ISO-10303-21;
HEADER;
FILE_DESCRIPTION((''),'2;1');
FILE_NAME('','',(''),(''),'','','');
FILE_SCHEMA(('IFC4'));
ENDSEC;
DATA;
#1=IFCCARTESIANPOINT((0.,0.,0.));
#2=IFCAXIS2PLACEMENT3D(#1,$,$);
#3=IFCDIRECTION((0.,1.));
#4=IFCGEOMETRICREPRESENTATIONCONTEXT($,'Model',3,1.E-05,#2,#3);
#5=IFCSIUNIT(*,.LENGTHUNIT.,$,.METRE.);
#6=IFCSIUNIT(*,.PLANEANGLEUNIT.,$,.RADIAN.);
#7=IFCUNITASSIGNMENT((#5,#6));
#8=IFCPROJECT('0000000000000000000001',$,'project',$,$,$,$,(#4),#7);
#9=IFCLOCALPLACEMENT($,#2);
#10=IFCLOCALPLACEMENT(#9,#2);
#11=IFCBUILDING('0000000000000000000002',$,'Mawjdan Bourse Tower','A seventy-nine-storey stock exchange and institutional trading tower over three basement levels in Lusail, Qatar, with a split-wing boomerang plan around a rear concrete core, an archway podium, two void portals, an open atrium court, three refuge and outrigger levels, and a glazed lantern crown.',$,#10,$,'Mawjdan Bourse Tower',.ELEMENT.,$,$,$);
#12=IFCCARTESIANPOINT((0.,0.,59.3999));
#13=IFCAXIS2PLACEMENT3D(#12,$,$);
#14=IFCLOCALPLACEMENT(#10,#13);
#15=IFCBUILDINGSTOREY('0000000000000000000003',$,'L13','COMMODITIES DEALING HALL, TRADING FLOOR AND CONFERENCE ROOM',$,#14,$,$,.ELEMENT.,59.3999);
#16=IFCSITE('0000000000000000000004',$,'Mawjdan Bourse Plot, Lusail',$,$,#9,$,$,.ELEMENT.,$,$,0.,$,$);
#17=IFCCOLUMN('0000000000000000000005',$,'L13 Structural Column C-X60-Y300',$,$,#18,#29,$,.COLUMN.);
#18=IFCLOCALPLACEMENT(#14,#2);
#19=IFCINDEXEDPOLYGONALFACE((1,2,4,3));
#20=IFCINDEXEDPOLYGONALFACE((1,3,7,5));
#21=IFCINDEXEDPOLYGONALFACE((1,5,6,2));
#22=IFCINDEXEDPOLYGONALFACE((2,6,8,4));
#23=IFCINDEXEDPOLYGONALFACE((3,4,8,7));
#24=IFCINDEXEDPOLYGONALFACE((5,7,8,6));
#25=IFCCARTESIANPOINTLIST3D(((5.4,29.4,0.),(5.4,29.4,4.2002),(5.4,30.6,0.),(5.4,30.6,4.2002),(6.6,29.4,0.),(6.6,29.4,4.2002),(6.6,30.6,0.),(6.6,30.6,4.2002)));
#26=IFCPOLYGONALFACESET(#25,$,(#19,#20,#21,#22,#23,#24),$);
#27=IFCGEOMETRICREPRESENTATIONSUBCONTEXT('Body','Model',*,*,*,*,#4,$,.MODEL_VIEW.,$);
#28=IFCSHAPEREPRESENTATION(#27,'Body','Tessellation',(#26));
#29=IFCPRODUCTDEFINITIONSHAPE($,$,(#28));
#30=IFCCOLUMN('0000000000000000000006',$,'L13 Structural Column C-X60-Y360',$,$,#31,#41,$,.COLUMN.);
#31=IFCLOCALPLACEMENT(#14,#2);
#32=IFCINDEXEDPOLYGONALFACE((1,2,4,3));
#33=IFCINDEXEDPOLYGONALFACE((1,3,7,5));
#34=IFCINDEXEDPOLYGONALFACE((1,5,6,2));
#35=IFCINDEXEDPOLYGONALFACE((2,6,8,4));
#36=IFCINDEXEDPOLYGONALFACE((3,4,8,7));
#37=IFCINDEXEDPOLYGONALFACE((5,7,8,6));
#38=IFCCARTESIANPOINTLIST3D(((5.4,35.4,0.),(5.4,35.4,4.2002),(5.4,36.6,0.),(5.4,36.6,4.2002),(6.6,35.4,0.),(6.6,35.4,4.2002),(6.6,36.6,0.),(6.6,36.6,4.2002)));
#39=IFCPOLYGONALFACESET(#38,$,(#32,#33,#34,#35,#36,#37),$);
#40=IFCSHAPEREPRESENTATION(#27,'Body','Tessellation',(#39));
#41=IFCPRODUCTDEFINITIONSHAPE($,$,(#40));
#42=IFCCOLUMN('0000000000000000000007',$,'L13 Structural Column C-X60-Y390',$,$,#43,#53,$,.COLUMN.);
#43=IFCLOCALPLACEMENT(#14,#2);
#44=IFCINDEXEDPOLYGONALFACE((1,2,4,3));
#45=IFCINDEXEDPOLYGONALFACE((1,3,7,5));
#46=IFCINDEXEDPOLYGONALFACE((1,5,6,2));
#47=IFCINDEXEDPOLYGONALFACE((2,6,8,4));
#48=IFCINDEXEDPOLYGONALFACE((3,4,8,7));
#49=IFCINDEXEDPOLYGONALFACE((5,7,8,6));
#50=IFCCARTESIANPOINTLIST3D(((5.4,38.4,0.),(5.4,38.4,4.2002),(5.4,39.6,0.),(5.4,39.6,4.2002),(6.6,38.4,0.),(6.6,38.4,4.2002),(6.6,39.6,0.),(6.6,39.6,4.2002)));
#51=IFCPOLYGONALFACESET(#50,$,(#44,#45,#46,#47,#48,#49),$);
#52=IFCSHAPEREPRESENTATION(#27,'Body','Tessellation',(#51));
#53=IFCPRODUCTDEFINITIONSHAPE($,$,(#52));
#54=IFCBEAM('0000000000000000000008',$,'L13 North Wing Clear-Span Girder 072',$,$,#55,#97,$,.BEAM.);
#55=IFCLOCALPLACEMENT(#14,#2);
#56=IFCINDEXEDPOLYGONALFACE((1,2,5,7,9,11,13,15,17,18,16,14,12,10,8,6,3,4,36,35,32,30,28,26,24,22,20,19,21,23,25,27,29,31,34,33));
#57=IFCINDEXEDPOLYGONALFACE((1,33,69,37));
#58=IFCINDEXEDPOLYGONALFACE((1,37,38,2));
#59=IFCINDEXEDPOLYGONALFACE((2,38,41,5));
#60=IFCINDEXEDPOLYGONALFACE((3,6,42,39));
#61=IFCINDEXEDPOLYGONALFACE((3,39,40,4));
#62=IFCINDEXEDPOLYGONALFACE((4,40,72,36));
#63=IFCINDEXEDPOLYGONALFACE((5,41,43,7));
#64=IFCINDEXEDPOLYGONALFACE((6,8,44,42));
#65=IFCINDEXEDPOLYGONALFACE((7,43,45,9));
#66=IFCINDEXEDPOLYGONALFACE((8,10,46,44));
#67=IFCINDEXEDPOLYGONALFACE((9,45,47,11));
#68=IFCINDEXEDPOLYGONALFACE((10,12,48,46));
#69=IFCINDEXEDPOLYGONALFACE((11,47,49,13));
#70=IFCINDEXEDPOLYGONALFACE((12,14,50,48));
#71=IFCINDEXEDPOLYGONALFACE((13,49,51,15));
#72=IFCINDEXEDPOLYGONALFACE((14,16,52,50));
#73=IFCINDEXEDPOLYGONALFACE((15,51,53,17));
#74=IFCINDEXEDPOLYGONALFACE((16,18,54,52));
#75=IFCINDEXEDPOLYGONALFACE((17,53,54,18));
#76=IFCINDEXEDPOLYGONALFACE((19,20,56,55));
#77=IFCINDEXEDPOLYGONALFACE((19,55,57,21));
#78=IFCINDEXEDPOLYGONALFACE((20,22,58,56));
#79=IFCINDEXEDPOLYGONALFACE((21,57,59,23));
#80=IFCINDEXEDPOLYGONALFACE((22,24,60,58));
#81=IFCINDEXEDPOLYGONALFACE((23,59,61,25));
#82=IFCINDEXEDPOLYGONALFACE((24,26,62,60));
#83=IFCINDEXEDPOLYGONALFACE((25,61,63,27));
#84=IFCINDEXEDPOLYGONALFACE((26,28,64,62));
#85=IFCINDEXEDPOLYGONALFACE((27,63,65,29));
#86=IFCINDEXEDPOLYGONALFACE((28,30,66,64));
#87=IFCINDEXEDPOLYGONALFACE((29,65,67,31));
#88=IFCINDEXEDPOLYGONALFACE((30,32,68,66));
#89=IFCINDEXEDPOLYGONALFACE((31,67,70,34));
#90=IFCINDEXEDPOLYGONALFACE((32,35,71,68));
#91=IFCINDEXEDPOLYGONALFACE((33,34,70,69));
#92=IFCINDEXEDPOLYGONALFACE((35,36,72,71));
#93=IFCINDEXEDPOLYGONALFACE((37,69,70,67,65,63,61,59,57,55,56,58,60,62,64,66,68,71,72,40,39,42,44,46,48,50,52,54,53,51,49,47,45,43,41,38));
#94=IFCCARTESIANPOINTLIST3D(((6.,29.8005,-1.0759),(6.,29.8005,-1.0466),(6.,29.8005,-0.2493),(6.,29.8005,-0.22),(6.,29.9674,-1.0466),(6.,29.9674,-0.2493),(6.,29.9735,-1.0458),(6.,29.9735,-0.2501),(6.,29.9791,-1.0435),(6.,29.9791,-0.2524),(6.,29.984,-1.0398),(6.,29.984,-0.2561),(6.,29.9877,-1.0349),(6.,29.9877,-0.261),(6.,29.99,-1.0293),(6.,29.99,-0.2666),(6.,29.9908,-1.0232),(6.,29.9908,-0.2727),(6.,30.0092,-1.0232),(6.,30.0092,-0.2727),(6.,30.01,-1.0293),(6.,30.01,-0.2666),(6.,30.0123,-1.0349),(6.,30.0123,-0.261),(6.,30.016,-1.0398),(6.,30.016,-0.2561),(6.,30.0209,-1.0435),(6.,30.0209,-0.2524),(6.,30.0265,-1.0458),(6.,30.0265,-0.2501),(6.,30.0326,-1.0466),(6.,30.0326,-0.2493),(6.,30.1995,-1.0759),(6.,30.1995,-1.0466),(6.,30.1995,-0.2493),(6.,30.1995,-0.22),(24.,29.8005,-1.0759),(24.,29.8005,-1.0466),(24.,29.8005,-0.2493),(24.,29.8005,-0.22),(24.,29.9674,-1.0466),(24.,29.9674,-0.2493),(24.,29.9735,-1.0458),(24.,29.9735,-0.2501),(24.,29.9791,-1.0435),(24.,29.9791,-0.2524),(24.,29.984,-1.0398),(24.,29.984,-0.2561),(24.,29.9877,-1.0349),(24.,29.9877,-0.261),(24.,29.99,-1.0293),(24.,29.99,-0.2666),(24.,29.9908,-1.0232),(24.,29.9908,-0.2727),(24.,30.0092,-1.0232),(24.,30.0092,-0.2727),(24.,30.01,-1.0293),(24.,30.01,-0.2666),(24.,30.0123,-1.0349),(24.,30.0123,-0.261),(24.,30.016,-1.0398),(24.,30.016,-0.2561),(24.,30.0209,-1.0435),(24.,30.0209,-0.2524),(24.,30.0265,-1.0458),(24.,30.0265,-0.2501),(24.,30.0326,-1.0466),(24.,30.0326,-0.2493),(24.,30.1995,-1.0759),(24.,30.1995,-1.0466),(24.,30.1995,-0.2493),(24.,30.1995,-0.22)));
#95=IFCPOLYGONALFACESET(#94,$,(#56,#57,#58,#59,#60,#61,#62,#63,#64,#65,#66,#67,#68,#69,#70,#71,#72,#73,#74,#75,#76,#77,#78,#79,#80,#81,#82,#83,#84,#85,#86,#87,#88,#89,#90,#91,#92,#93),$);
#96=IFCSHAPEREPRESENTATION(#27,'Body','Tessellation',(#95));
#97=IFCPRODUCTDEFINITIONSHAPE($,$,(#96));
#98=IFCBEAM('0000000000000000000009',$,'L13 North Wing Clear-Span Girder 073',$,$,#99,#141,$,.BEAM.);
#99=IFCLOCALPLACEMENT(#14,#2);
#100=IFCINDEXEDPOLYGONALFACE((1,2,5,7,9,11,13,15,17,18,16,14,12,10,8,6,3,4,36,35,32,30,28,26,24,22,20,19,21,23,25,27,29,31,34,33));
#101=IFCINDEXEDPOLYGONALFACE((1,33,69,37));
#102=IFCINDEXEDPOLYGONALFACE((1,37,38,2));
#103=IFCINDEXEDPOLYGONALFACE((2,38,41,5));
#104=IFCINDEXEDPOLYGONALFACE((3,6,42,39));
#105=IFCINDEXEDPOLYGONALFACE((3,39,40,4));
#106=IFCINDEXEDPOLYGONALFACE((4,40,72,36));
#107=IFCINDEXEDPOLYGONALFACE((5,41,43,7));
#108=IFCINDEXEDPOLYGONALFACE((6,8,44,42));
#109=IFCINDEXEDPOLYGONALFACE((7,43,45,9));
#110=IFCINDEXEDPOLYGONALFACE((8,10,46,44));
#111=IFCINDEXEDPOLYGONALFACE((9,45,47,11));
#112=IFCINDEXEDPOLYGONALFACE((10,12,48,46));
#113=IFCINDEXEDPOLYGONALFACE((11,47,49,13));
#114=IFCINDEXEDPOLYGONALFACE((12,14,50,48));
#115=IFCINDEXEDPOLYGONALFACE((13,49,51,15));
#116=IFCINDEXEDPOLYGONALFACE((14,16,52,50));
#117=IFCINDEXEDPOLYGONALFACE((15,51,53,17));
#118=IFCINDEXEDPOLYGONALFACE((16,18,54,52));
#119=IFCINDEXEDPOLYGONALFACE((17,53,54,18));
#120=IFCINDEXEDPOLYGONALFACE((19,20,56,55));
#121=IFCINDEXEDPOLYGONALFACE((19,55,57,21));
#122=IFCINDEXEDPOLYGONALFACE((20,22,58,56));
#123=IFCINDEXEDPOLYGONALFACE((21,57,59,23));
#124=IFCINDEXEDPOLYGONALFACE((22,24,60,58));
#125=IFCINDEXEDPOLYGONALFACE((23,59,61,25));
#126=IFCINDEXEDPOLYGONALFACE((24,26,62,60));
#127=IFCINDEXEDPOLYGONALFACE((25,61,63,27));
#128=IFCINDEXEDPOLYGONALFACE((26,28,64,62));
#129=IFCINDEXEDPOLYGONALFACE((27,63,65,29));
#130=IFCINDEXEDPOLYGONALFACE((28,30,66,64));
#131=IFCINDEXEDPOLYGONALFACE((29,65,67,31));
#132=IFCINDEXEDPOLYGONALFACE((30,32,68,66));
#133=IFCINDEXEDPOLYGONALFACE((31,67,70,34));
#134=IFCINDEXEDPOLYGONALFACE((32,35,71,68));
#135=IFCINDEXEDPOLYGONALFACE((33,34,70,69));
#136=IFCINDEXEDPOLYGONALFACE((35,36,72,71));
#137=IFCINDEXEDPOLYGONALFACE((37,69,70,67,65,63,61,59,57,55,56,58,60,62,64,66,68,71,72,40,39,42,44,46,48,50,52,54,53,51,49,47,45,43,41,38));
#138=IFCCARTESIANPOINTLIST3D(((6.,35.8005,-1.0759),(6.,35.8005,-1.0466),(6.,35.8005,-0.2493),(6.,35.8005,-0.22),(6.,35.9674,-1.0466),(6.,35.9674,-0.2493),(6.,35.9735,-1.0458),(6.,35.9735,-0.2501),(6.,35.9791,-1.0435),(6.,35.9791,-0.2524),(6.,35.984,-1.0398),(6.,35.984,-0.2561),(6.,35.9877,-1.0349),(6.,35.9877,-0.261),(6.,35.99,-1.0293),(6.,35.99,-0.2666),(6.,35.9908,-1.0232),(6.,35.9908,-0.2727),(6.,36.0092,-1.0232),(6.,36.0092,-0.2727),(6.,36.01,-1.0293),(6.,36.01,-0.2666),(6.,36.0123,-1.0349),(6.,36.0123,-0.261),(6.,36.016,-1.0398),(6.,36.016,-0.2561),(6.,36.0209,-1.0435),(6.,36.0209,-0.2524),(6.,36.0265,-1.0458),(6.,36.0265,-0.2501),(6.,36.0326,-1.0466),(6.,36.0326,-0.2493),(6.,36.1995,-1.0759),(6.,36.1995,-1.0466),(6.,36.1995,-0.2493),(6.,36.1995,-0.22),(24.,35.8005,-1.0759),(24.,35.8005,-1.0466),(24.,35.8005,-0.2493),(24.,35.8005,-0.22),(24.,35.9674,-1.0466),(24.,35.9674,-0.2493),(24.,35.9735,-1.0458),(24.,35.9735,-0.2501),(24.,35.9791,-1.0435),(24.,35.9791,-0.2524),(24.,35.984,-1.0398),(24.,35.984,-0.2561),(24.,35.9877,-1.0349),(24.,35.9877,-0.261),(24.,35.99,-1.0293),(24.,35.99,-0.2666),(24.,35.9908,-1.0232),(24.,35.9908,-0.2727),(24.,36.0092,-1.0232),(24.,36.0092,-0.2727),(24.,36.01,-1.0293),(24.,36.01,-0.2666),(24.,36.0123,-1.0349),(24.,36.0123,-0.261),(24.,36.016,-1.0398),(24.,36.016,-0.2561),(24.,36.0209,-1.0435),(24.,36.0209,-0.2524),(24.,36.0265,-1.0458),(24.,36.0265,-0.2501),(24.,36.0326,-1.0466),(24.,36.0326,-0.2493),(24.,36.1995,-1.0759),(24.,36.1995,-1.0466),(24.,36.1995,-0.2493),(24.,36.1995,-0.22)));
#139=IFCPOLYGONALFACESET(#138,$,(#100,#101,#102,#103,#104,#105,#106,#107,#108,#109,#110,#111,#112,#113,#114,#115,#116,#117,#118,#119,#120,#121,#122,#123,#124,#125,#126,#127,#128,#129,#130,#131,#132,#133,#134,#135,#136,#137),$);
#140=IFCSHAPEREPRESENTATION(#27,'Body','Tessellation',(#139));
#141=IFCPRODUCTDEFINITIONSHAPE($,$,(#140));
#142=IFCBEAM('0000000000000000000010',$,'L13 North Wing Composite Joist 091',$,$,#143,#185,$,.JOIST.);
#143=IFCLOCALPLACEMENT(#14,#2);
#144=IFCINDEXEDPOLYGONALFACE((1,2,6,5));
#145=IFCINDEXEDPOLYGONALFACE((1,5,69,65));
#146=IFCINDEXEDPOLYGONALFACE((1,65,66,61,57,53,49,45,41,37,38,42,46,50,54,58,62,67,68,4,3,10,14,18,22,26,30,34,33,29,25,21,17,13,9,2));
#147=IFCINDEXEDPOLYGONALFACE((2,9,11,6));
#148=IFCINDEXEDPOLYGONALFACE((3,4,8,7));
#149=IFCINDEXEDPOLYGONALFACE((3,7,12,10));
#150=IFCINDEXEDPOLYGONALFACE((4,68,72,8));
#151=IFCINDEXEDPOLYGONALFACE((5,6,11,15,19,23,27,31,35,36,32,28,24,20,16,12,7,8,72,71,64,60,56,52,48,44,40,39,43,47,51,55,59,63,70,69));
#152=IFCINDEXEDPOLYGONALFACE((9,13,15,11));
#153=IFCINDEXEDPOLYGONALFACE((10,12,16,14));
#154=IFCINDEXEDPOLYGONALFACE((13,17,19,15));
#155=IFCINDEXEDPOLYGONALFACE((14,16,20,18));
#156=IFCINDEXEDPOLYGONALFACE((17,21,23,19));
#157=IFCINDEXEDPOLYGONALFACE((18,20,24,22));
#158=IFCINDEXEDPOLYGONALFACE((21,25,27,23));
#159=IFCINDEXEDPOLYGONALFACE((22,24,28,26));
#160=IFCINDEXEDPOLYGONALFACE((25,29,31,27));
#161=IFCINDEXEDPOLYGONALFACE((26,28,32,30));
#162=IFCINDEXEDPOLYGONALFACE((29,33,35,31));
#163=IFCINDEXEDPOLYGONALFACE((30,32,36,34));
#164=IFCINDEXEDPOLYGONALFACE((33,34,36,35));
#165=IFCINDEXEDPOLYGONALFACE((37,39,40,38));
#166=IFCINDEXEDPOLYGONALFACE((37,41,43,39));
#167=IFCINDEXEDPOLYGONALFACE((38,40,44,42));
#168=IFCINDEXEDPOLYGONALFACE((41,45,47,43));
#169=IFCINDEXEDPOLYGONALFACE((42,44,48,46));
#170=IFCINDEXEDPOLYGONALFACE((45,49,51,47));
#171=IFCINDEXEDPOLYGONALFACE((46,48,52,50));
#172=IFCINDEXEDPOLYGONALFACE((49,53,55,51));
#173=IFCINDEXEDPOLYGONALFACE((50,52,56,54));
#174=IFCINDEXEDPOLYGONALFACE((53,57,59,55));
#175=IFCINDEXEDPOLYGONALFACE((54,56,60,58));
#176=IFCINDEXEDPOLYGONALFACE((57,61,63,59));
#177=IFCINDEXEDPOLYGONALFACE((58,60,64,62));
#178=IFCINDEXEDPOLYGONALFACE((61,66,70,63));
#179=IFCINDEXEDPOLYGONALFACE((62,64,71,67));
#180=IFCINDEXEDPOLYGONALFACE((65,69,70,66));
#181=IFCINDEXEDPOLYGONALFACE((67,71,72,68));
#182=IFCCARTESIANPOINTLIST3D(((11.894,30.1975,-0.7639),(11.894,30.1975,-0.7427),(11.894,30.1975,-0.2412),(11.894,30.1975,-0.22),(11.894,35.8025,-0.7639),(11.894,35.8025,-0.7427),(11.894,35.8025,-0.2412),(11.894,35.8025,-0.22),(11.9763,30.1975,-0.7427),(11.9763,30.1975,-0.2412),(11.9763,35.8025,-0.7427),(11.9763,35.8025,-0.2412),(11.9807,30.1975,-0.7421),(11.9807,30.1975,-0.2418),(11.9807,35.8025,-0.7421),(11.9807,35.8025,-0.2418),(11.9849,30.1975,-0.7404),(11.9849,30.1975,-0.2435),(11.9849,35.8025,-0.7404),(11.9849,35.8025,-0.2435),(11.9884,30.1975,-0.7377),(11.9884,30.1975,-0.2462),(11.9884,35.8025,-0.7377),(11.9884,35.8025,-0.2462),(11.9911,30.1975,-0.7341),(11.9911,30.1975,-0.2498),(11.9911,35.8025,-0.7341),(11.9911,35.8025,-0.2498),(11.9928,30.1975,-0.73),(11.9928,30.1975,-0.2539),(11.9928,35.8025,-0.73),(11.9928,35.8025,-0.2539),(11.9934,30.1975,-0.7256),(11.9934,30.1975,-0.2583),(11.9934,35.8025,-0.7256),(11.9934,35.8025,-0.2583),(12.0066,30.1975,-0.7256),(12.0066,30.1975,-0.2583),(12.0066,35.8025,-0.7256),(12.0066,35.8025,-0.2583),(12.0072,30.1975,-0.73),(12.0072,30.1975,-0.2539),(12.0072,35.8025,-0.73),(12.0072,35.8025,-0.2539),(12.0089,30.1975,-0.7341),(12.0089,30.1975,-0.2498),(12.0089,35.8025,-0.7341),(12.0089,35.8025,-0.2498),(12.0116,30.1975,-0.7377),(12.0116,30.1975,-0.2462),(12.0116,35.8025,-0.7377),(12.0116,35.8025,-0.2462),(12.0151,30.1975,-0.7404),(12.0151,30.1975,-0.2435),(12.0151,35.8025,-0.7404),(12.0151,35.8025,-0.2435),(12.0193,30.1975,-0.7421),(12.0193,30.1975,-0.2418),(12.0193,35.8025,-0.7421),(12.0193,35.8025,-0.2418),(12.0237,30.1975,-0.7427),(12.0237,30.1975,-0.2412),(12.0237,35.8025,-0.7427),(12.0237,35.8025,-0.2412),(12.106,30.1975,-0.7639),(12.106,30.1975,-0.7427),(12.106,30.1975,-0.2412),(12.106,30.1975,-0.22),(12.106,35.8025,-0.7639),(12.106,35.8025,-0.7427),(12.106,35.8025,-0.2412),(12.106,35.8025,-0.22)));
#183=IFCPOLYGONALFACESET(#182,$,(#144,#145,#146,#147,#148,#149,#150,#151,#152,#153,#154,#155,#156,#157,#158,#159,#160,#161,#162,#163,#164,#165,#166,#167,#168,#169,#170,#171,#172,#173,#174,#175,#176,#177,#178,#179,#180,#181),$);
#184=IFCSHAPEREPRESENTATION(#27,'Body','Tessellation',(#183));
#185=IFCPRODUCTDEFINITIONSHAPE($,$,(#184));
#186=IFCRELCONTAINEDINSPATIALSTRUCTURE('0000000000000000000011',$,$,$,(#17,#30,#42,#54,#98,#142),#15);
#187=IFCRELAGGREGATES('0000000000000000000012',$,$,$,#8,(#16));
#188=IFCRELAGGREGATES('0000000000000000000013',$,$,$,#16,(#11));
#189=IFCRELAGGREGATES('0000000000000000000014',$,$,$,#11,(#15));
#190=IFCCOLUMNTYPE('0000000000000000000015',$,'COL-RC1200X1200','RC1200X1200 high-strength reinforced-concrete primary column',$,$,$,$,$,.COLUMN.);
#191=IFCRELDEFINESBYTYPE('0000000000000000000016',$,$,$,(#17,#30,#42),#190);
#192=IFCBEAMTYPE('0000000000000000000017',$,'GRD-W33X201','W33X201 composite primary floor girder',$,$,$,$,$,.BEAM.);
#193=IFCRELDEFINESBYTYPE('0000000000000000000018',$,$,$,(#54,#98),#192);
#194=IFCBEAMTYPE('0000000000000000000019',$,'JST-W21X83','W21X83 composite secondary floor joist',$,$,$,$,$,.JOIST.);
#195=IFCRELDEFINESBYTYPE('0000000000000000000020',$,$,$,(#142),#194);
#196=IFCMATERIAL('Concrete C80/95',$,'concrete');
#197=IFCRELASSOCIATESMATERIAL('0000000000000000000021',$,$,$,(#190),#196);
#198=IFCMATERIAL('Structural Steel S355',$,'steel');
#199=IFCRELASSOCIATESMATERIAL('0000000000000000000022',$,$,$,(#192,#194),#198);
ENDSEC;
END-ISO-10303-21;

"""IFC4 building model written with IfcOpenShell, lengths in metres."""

from ifc_helpers import new_model, si_unit, direction, frame, origin, origin_2d, place, context, subcontext, project, spatial, rectangle, i_section, extrude, material, material_profile, profile_set, type_object, element, save


model = new_model("IFC4")

# Units and contexts
model_context = context("Model", 3, precision=1e-05, world=origin(), true_north=direction((0.0, 1.0)))
body_context = subcontext(model_context, "Body", "Model", "MODEL_VIEW")
ifc_project = project(units=[si_unit("LENGTHUNIT", "METRE"), si_unit("PLANEANGLEUNIT", "RADIAN")], contexts=[model_context])

# Site, building, storey
site_placement = place(None, origin())
site = spatial("IfcSite", under=ifc_project, at=site_placement, Name="Mawjdan Bourse Plot, Lusail", CompositionType="ELEMENT", RefElevation=0.0)
building_placement = place(site_placement, origin())
building = spatial("IfcBuilding", under=site, at=building_placement, Name="Mawjdan Bourse Tower", Description="A seventy-nine-storey stock exchange and institutional trading tower over three basement levels in Lusail, Qatar, with a split-wing boomerang plan around a rear concrete core, an archway podium, two void portals, an open atrium court, three refuge and outrigger levels, and a glazed lantern crown.", LongName="Mawjdan Bourse Tower", CompositionType="ELEMENT")
storey_placement = place(building_placement, frame((0.0, 0.0, 59.3999)))
storey = spatial("IfcBuildingStorey", under=building, at=storey_placement, Name="L13", Description="COMMODITIES DEALING HALL, TRADING FLOOR AND CONFERENCE ROOM", CompositionType="ELEMENT", Elevation=59.3999)

# Columns
ifc_material_1 = material(Name="Concrete C80/95", Category="concrete")
ifc_material_profile_1 = material_profile(ifc_material_1, rectangle(XDim=1.2, YDim=1.2, at=origin_2d()), Name="RC1200X1200")
ifc_profile_set_1 = profile_set([ifc_material_profile_1], Name="Concrete C80/95")
column_type = type_object("IfcColumnType", Name="COL-RC1200X1200", Description="RC1200X1200 high-strength reinforced-concrete primary column", PredefinedType="COLUMN", material=ifc_profile_set_1)
for number, where, z_axis, x_axis, name in (
    (1, (6.0, 30.0, 0.0), (0.0, 0.0, 1.0), (1.0, 0.0, 0.0), "L13 Structural Column C-X60-Y300"),
    (2, (6.0, 36.0, 0.0), (0.0, 0.0, 1.0), (1.0, 0.0, 0.0), "L13 Structural Column C-X60-Y360"),
    (3, (6.0, 39.0, 0.0), (0.0, 0.0, 1.0), (1.0, 0.0, 0.0), "L13 Structural Column C-X60-Y390"),
):
    element("IfcColumn", number, at=place(storey_placement, frame(where, z_axis=z_axis, x_axis=x_axis)), inside=storey, type_object=column_type, Name=name, PredefinedType="COLUMN", context=body_context, shape_type="SweptSolid", body=[
        extrude(rectangle(XDim=1.2, YDim=1.2, at=origin_2d()), origin(), (0.0, 0.0, 1.0), 4.2002),
    ])

# Beams
ifc_material_2 = material(Name="Structural Steel S355", Category="steel")
ifc_material_profile_2 = material_profile(ifc_material_2, i_section(OverallWidth=0.3989, OverallDepth=0.856, WebThickness=0.0183, FlangeThickness=0.0293, FilletRadius=0.0234, at=origin_2d()), Name="W33X201")
ifc_profile_set_2 = profile_set([ifc_material_profile_2], Name="Structural Steel S355")
beam_type_1 = type_object("IfcBeamType", Name="GRD-W33X201", Description="W33X201 composite primary floor girder", PredefinedType="BEAM", material=ifc_profile_set_2)
for number, where, z_axis, x_axis, name in (
    (4, (6.0, 30.0, -0.6479), (1.0, 0.0, 0.0), (0.0, 1.0, 0.0), "L13 North Wing Clear-Span Girder 072"),
    (5, (6.0, 36.0, -0.6479), (1.0, 0.0, 0.0), (0.0, 1.0, 0.0), "L13 North Wing Clear-Span Girder 073"),
):
    element("IfcBeam", number, at=place(storey_placement, frame(where, z_axis=z_axis, x_axis=x_axis)), inside=storey, type_object=beam_type_1, Name=name, PredefinedType="BEAM", context=body_context, shape_type="SweptSolid", body=[
        extrude(i_section(OverallWidth=0.3989, OverallDepth=0.856, WebThickness=0.0183, FlangeThickness=0.0293, FilletRadius=0.0234, at=origin_2d()), origin(), (0.0, 0.0, 1.0), 18.0),
    ])
ifc_material_profile_3 = material_profile(ifc_material_2, i_section(OverallWidth=0.2119, OverallDepth=0.5439, WebThickness=0.0132, FlangeThickness=0.0212, FilletRadius=0.0171, at=origin_2d()), Name="W21X83")
ifc_profile_set_3 = profile_set([ifc_material_profile_3], Name="Structural Steel S355")
beam_type_2 = type_object("IfcBeamType", Name="JST-W21X83", Description="W21X83 composite secondary floor joist", PredefinedType="JOIST", material=ifc_profile_set_3)
beam_1_placement = place(storey_placement, frame((12.0, 30.1975, -0.4919), z_axis=(0.0, 1.0, 0.0), x_axis=(-1.0, 0.0, 0.0)))
element("IfcBeam", 6, at=beam_1_placement, inside=storey, type_object=beam_type_2, Name="L13 North Wing Composite Joist 091", PredefinedType="JOIST", context=body_context, shape_type="SweptSolid", body=[
    extrude(i_section(OverallWidth=0.2119, OverallDepth=0.5439, WebThickness=0.0132, FlangeThickness=0.0212, FilletRadius=0.0171, at=origin_2d()), origin(), (0.0, 0.0, 1.0), 5.605),
])

save(model, "model.ifc")
